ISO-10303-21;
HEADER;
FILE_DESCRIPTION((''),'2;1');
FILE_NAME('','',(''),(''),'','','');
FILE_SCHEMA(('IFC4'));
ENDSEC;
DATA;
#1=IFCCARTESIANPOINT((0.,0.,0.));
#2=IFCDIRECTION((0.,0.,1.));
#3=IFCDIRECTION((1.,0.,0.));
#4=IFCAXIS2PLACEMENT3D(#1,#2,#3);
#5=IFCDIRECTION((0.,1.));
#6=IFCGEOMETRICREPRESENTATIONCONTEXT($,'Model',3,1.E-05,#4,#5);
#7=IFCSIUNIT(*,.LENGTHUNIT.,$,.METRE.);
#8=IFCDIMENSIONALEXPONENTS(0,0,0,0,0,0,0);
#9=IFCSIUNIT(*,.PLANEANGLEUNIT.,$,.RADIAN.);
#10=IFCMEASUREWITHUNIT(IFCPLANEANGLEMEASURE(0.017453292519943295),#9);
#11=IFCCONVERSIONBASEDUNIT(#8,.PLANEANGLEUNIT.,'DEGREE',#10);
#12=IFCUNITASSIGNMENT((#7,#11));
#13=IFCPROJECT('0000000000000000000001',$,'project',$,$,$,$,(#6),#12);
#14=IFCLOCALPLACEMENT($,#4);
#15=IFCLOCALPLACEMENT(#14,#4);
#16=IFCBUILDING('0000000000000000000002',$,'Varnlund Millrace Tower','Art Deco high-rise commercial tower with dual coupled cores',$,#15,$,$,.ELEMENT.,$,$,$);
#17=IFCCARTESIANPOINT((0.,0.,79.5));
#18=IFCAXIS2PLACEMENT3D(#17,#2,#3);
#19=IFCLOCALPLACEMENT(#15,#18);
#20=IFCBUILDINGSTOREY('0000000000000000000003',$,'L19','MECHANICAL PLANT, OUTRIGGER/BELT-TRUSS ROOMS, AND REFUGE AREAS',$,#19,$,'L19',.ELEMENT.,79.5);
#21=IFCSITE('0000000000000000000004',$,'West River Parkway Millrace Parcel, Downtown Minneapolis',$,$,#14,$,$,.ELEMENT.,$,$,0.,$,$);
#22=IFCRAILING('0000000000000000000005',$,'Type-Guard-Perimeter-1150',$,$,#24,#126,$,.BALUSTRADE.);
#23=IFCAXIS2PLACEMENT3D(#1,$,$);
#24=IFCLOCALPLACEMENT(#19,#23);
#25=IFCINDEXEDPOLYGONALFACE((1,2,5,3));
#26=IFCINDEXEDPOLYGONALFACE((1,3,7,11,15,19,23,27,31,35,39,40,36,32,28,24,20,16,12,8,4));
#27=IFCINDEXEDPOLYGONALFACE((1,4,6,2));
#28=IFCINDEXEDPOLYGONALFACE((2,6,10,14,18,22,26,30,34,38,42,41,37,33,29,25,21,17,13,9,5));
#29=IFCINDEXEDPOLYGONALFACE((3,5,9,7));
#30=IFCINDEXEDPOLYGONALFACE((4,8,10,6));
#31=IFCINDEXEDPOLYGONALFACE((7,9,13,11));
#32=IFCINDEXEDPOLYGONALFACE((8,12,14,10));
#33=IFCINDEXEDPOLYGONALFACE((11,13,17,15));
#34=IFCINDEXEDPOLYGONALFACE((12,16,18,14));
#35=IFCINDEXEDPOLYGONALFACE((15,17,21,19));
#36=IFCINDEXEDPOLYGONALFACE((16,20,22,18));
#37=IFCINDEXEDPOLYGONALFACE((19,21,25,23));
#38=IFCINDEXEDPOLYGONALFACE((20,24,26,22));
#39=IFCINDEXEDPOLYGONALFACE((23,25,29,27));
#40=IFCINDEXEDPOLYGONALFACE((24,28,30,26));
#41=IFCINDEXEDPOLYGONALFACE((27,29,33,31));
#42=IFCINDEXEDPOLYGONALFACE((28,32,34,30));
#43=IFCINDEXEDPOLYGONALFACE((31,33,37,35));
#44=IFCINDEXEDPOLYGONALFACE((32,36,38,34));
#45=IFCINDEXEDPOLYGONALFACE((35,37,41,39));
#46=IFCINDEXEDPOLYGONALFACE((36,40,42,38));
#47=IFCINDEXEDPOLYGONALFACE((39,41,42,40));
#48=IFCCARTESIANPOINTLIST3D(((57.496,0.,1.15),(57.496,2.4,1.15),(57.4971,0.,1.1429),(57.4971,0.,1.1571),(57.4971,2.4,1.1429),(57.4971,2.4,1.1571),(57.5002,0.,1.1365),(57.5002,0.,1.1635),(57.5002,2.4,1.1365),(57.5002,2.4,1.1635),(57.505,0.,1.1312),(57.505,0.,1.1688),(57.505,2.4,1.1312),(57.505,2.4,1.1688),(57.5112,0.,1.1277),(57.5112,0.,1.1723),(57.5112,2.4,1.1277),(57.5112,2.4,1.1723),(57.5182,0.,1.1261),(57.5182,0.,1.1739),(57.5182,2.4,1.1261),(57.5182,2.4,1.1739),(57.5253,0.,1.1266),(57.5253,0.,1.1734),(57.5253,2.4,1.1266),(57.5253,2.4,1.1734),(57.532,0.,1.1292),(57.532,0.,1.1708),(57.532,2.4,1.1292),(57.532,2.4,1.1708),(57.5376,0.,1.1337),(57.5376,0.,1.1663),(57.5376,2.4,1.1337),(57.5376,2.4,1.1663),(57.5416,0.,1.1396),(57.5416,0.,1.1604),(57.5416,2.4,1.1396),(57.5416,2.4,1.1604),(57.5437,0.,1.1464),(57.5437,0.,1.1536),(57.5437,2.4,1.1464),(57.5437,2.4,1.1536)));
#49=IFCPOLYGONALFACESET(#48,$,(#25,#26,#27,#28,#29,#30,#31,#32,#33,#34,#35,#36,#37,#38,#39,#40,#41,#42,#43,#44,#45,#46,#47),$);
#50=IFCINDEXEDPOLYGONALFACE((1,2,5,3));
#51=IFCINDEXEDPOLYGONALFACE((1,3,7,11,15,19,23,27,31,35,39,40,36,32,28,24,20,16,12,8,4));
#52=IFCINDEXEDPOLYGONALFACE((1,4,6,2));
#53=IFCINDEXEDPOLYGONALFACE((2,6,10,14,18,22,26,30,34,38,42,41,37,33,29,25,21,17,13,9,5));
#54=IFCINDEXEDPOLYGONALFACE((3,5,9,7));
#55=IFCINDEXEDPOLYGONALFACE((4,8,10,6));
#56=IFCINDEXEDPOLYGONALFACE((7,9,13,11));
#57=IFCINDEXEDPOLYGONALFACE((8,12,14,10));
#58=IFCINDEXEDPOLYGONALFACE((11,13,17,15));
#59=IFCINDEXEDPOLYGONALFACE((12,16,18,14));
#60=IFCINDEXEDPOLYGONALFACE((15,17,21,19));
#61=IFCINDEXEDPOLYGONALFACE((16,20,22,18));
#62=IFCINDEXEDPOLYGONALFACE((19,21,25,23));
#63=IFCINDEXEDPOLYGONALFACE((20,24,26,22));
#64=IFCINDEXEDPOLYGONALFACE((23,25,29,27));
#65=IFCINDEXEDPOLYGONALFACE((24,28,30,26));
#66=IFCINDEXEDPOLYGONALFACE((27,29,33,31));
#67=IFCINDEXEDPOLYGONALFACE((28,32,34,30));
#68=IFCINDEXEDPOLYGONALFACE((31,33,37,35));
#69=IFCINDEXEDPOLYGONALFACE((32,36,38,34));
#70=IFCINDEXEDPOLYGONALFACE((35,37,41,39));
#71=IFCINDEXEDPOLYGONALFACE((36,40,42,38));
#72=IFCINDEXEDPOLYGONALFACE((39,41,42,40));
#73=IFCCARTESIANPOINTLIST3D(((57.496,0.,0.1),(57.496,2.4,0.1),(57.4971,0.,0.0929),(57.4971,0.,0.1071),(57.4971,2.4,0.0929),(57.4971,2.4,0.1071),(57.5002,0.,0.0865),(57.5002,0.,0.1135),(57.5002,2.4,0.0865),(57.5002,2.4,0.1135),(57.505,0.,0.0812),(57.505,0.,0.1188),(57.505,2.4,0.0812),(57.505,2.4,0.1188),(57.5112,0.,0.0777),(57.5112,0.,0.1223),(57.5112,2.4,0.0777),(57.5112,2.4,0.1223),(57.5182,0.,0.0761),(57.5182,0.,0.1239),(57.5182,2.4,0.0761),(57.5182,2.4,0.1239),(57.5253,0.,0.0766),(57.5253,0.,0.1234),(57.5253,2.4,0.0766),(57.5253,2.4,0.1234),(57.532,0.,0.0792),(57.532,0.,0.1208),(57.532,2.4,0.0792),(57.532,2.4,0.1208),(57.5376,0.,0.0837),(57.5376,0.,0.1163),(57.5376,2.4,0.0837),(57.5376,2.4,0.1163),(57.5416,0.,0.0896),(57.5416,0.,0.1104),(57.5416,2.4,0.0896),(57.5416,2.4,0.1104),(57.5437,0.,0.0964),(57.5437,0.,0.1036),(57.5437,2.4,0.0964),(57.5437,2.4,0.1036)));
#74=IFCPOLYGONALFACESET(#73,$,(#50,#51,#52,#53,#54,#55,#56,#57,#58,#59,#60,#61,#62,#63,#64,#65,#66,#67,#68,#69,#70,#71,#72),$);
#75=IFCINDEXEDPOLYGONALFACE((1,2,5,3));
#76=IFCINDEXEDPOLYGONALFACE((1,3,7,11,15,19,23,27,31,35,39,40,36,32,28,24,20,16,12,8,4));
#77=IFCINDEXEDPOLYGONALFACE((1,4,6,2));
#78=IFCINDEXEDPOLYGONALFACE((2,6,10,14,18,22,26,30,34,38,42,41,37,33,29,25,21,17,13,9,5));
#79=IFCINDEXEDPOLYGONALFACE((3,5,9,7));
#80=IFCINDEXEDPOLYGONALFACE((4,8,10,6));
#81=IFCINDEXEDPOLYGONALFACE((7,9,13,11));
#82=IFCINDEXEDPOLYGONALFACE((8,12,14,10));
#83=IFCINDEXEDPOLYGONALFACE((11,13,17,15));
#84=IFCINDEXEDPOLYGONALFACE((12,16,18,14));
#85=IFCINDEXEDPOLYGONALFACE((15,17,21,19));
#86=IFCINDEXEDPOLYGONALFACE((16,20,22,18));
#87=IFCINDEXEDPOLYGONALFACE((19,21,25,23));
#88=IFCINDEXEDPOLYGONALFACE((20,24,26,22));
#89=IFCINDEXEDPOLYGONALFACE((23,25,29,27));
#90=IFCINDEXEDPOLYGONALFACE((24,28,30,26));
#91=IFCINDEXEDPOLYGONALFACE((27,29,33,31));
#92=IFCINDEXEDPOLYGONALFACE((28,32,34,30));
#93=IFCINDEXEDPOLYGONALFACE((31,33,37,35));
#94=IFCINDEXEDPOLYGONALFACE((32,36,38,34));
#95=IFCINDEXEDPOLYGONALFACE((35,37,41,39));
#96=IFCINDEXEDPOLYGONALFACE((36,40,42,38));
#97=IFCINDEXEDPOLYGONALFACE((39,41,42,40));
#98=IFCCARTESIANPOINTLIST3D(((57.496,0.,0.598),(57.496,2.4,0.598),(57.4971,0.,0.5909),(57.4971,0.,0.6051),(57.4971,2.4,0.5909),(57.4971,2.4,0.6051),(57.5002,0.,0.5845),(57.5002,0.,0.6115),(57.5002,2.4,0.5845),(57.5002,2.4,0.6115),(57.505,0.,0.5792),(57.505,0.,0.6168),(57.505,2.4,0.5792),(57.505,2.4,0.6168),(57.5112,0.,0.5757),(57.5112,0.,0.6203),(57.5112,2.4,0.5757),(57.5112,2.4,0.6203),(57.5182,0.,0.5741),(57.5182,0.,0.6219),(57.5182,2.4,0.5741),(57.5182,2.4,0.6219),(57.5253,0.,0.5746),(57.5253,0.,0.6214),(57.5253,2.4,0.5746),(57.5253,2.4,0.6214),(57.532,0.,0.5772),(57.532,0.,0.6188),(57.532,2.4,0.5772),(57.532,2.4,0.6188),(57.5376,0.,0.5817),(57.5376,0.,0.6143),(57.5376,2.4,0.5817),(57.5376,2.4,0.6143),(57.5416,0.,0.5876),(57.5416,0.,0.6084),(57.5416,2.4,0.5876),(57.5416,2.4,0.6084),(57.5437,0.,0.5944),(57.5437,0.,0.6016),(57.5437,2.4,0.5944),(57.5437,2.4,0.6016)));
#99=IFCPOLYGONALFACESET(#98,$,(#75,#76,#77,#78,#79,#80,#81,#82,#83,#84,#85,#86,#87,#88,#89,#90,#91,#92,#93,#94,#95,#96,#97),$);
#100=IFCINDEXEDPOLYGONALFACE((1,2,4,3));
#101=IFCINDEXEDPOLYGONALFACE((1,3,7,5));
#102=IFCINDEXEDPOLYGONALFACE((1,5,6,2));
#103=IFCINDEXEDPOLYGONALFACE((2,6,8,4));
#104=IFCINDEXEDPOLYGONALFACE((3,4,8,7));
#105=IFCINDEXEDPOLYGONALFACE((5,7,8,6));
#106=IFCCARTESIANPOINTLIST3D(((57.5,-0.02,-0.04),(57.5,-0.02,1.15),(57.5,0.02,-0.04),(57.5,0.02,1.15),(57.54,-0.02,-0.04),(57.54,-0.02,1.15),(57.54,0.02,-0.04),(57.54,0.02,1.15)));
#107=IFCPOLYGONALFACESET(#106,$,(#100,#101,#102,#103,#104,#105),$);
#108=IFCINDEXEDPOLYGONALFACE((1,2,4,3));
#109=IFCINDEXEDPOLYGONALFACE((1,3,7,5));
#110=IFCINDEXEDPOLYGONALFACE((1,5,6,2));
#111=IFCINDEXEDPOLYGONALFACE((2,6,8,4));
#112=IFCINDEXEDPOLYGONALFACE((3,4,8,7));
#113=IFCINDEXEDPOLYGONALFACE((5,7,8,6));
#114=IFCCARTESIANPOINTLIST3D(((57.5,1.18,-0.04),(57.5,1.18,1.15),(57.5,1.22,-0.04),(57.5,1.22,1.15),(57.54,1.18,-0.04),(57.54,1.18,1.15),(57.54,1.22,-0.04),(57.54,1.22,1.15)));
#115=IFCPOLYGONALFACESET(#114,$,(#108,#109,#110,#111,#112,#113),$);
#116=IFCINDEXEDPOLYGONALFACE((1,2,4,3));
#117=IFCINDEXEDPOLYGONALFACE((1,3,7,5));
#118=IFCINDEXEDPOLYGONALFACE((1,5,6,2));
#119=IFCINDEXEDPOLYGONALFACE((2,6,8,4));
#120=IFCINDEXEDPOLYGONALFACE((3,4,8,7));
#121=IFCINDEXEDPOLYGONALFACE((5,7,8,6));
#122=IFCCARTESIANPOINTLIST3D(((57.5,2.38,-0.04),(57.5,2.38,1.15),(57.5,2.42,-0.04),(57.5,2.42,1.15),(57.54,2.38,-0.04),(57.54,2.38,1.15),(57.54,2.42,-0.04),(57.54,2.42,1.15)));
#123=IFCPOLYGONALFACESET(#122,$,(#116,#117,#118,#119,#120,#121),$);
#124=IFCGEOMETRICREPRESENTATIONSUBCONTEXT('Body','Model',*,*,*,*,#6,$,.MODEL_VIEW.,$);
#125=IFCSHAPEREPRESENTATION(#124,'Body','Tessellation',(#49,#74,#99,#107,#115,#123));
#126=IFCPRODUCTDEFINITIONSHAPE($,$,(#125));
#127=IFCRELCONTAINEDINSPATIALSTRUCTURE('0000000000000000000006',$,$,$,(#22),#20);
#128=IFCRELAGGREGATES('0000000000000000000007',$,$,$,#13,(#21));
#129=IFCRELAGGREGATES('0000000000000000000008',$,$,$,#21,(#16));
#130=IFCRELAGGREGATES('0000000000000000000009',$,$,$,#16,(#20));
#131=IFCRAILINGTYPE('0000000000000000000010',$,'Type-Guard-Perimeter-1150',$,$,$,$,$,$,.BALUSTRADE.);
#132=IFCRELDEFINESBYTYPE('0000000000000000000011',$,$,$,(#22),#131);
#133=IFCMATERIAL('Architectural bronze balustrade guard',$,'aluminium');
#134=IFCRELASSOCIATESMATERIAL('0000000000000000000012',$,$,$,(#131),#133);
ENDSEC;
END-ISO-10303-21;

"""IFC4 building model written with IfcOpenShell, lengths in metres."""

from ifc_helpers import new_model, entity, si_unit, converted_unit, direction, frame, origin_with_axes, origin_2d_with_axis, place, context, subcontext, project, spatial, rectangle, circle, extrude, material, type_object, element, save


model = new_model("IFC4")

# Units and contexts
model_context = context("Model", 3, precision=1e-05, world=origin_with_axes(), true_north=direction((0.0, 1.0)))
body_context = subcontext(model_context, "Body", "Model", "MODEL_VIEW")
ifc_project = project(units=[si_unit("LENGTHUNIT", "METRE"), converted_unit("PLANEANGLEUNIT", "DEGREE", entity("IfcPlaneAngleMeasure", 0.017453292519943295), si_unit("PLANEANGLEUNIT", "RADIAN"), dimensions=[0, 0, 0, 0, 0, 0, 0])], contexts=[model_context])

# Site, building, storey
site_placement = place(None, origin_with_axes())
site = spatial("IfcSite", under=ifc_project, at=site_placement, Name="West River Parkway Millrace Parcel, Downtown Minneapolis", CompositionType="ELEMENT", RefElevation=0.0)
building_placement = place(site_placement, origin_with_axes())
building = spatial("IfcBuilding", under=site, at=building_placement, Name="Varnlund Millrace Tower", Description="Art Deco high-rise commercial tower with dual coupled cores", CompositionType="ELEMENT")
storey_placement = place(building_placement, frame((0.0, 0.0, 79.5), z_axis=(0.0, 0.0, 1.0), x_axis=(1.0, 0.0, 0.0)))
storey = spatial("IfcBuildingStorey", under=building, at=storey_placement, Name="L19", Description="MECHANICAL PLANT, OUTRIGGER/BELT-TRUSS ROOMS, AND REFUGE AREAS", LongName="L19", CompositionType="ELEMENT", Elevation=79.5)

# Railing
ifc_material_1 = material(Name="Architectural bronze balustrade guard", Category="aluminium")
railing_type_1 = type_object("IfcRailingType", Name="Type-Guard-Perimeter-1150", PredefinedType="BALUSTRADE", material=ifc_material_1)
railing_1_placement = place(storey_placement, frame((0.0, 0.0, -79.5), z_axis=(0.0, 0.0, 1.0), x_axis=(1.0, 0.0, 0.0)))
element("IfcRailing", 1, at=railing_1_placement, inside=storey, type_object=railing_type_1, Name="Type-Guard-Perimeter-1150", PredefinedType="BALUSTRADE", context=body_context, shape_type="SweptSolid", body=[
    extrude(circle(Radius=0.024, at=origin_2d_with_axis()), frame((57.52, 0.0, 80.65), z_axis=(0.0, 1.0, 0.0), x_axis=(-1.0, 0.0, 0.0)), (0.0, 0.0, 1.0), 2.4),
    extrude(circle(Radius=0.024, at=origin_2d_with_axis()), frame((57.52, 0.0, 79.6), z_axis=(0.0, 1.0, 0.0), x_axis=(-1.0, 0.0, 0.0)), (0.0, 0.0, 1.0), 2.4),
    extrude(circle(Radius=0.024, at=origin_2d_with_axis()), frame((57.52, 0.0, 80.098), z_axis=(0.0, 1.0, 0.0), x_axis=(-1.0, 0.0, 0.0)), (0.0, 0.0, 1.0), 2.4),
    extrude(rectangle(XDim=0.04, YDim=0.04, at=origin_2d_with_axis()), frame((57.52, 0.0, 79.46), z_axis=(0.0, 0.0, 1.0), x_axis=(1.0, 0.0, 0.0)), (0.0, 0.0, 1.0), 1.19),
    extrude(rectangle(XDim=0.04, YDim=0.04, at=origin_2d_with_axis()), frame((57.52, 1.2, 79.46), z_axis=(0.0, 0.0, 1.0), x_axis=(1.0, 0.0, 0.0)), (0.0, 0.0, 1.0), 1.19),
    extrude(rectangle(XDim=0.04, YDim=0.04, at=origin_2d_with_axis()), frame((57.52, 2.4, 79.46), z_axis=(0.0, 0.0, 1.0), x_axis=(1.0, 0.0, 0.0)), (0.0, 0.0, 1.0), 1.19),
])

save(model, "model.ifc")
